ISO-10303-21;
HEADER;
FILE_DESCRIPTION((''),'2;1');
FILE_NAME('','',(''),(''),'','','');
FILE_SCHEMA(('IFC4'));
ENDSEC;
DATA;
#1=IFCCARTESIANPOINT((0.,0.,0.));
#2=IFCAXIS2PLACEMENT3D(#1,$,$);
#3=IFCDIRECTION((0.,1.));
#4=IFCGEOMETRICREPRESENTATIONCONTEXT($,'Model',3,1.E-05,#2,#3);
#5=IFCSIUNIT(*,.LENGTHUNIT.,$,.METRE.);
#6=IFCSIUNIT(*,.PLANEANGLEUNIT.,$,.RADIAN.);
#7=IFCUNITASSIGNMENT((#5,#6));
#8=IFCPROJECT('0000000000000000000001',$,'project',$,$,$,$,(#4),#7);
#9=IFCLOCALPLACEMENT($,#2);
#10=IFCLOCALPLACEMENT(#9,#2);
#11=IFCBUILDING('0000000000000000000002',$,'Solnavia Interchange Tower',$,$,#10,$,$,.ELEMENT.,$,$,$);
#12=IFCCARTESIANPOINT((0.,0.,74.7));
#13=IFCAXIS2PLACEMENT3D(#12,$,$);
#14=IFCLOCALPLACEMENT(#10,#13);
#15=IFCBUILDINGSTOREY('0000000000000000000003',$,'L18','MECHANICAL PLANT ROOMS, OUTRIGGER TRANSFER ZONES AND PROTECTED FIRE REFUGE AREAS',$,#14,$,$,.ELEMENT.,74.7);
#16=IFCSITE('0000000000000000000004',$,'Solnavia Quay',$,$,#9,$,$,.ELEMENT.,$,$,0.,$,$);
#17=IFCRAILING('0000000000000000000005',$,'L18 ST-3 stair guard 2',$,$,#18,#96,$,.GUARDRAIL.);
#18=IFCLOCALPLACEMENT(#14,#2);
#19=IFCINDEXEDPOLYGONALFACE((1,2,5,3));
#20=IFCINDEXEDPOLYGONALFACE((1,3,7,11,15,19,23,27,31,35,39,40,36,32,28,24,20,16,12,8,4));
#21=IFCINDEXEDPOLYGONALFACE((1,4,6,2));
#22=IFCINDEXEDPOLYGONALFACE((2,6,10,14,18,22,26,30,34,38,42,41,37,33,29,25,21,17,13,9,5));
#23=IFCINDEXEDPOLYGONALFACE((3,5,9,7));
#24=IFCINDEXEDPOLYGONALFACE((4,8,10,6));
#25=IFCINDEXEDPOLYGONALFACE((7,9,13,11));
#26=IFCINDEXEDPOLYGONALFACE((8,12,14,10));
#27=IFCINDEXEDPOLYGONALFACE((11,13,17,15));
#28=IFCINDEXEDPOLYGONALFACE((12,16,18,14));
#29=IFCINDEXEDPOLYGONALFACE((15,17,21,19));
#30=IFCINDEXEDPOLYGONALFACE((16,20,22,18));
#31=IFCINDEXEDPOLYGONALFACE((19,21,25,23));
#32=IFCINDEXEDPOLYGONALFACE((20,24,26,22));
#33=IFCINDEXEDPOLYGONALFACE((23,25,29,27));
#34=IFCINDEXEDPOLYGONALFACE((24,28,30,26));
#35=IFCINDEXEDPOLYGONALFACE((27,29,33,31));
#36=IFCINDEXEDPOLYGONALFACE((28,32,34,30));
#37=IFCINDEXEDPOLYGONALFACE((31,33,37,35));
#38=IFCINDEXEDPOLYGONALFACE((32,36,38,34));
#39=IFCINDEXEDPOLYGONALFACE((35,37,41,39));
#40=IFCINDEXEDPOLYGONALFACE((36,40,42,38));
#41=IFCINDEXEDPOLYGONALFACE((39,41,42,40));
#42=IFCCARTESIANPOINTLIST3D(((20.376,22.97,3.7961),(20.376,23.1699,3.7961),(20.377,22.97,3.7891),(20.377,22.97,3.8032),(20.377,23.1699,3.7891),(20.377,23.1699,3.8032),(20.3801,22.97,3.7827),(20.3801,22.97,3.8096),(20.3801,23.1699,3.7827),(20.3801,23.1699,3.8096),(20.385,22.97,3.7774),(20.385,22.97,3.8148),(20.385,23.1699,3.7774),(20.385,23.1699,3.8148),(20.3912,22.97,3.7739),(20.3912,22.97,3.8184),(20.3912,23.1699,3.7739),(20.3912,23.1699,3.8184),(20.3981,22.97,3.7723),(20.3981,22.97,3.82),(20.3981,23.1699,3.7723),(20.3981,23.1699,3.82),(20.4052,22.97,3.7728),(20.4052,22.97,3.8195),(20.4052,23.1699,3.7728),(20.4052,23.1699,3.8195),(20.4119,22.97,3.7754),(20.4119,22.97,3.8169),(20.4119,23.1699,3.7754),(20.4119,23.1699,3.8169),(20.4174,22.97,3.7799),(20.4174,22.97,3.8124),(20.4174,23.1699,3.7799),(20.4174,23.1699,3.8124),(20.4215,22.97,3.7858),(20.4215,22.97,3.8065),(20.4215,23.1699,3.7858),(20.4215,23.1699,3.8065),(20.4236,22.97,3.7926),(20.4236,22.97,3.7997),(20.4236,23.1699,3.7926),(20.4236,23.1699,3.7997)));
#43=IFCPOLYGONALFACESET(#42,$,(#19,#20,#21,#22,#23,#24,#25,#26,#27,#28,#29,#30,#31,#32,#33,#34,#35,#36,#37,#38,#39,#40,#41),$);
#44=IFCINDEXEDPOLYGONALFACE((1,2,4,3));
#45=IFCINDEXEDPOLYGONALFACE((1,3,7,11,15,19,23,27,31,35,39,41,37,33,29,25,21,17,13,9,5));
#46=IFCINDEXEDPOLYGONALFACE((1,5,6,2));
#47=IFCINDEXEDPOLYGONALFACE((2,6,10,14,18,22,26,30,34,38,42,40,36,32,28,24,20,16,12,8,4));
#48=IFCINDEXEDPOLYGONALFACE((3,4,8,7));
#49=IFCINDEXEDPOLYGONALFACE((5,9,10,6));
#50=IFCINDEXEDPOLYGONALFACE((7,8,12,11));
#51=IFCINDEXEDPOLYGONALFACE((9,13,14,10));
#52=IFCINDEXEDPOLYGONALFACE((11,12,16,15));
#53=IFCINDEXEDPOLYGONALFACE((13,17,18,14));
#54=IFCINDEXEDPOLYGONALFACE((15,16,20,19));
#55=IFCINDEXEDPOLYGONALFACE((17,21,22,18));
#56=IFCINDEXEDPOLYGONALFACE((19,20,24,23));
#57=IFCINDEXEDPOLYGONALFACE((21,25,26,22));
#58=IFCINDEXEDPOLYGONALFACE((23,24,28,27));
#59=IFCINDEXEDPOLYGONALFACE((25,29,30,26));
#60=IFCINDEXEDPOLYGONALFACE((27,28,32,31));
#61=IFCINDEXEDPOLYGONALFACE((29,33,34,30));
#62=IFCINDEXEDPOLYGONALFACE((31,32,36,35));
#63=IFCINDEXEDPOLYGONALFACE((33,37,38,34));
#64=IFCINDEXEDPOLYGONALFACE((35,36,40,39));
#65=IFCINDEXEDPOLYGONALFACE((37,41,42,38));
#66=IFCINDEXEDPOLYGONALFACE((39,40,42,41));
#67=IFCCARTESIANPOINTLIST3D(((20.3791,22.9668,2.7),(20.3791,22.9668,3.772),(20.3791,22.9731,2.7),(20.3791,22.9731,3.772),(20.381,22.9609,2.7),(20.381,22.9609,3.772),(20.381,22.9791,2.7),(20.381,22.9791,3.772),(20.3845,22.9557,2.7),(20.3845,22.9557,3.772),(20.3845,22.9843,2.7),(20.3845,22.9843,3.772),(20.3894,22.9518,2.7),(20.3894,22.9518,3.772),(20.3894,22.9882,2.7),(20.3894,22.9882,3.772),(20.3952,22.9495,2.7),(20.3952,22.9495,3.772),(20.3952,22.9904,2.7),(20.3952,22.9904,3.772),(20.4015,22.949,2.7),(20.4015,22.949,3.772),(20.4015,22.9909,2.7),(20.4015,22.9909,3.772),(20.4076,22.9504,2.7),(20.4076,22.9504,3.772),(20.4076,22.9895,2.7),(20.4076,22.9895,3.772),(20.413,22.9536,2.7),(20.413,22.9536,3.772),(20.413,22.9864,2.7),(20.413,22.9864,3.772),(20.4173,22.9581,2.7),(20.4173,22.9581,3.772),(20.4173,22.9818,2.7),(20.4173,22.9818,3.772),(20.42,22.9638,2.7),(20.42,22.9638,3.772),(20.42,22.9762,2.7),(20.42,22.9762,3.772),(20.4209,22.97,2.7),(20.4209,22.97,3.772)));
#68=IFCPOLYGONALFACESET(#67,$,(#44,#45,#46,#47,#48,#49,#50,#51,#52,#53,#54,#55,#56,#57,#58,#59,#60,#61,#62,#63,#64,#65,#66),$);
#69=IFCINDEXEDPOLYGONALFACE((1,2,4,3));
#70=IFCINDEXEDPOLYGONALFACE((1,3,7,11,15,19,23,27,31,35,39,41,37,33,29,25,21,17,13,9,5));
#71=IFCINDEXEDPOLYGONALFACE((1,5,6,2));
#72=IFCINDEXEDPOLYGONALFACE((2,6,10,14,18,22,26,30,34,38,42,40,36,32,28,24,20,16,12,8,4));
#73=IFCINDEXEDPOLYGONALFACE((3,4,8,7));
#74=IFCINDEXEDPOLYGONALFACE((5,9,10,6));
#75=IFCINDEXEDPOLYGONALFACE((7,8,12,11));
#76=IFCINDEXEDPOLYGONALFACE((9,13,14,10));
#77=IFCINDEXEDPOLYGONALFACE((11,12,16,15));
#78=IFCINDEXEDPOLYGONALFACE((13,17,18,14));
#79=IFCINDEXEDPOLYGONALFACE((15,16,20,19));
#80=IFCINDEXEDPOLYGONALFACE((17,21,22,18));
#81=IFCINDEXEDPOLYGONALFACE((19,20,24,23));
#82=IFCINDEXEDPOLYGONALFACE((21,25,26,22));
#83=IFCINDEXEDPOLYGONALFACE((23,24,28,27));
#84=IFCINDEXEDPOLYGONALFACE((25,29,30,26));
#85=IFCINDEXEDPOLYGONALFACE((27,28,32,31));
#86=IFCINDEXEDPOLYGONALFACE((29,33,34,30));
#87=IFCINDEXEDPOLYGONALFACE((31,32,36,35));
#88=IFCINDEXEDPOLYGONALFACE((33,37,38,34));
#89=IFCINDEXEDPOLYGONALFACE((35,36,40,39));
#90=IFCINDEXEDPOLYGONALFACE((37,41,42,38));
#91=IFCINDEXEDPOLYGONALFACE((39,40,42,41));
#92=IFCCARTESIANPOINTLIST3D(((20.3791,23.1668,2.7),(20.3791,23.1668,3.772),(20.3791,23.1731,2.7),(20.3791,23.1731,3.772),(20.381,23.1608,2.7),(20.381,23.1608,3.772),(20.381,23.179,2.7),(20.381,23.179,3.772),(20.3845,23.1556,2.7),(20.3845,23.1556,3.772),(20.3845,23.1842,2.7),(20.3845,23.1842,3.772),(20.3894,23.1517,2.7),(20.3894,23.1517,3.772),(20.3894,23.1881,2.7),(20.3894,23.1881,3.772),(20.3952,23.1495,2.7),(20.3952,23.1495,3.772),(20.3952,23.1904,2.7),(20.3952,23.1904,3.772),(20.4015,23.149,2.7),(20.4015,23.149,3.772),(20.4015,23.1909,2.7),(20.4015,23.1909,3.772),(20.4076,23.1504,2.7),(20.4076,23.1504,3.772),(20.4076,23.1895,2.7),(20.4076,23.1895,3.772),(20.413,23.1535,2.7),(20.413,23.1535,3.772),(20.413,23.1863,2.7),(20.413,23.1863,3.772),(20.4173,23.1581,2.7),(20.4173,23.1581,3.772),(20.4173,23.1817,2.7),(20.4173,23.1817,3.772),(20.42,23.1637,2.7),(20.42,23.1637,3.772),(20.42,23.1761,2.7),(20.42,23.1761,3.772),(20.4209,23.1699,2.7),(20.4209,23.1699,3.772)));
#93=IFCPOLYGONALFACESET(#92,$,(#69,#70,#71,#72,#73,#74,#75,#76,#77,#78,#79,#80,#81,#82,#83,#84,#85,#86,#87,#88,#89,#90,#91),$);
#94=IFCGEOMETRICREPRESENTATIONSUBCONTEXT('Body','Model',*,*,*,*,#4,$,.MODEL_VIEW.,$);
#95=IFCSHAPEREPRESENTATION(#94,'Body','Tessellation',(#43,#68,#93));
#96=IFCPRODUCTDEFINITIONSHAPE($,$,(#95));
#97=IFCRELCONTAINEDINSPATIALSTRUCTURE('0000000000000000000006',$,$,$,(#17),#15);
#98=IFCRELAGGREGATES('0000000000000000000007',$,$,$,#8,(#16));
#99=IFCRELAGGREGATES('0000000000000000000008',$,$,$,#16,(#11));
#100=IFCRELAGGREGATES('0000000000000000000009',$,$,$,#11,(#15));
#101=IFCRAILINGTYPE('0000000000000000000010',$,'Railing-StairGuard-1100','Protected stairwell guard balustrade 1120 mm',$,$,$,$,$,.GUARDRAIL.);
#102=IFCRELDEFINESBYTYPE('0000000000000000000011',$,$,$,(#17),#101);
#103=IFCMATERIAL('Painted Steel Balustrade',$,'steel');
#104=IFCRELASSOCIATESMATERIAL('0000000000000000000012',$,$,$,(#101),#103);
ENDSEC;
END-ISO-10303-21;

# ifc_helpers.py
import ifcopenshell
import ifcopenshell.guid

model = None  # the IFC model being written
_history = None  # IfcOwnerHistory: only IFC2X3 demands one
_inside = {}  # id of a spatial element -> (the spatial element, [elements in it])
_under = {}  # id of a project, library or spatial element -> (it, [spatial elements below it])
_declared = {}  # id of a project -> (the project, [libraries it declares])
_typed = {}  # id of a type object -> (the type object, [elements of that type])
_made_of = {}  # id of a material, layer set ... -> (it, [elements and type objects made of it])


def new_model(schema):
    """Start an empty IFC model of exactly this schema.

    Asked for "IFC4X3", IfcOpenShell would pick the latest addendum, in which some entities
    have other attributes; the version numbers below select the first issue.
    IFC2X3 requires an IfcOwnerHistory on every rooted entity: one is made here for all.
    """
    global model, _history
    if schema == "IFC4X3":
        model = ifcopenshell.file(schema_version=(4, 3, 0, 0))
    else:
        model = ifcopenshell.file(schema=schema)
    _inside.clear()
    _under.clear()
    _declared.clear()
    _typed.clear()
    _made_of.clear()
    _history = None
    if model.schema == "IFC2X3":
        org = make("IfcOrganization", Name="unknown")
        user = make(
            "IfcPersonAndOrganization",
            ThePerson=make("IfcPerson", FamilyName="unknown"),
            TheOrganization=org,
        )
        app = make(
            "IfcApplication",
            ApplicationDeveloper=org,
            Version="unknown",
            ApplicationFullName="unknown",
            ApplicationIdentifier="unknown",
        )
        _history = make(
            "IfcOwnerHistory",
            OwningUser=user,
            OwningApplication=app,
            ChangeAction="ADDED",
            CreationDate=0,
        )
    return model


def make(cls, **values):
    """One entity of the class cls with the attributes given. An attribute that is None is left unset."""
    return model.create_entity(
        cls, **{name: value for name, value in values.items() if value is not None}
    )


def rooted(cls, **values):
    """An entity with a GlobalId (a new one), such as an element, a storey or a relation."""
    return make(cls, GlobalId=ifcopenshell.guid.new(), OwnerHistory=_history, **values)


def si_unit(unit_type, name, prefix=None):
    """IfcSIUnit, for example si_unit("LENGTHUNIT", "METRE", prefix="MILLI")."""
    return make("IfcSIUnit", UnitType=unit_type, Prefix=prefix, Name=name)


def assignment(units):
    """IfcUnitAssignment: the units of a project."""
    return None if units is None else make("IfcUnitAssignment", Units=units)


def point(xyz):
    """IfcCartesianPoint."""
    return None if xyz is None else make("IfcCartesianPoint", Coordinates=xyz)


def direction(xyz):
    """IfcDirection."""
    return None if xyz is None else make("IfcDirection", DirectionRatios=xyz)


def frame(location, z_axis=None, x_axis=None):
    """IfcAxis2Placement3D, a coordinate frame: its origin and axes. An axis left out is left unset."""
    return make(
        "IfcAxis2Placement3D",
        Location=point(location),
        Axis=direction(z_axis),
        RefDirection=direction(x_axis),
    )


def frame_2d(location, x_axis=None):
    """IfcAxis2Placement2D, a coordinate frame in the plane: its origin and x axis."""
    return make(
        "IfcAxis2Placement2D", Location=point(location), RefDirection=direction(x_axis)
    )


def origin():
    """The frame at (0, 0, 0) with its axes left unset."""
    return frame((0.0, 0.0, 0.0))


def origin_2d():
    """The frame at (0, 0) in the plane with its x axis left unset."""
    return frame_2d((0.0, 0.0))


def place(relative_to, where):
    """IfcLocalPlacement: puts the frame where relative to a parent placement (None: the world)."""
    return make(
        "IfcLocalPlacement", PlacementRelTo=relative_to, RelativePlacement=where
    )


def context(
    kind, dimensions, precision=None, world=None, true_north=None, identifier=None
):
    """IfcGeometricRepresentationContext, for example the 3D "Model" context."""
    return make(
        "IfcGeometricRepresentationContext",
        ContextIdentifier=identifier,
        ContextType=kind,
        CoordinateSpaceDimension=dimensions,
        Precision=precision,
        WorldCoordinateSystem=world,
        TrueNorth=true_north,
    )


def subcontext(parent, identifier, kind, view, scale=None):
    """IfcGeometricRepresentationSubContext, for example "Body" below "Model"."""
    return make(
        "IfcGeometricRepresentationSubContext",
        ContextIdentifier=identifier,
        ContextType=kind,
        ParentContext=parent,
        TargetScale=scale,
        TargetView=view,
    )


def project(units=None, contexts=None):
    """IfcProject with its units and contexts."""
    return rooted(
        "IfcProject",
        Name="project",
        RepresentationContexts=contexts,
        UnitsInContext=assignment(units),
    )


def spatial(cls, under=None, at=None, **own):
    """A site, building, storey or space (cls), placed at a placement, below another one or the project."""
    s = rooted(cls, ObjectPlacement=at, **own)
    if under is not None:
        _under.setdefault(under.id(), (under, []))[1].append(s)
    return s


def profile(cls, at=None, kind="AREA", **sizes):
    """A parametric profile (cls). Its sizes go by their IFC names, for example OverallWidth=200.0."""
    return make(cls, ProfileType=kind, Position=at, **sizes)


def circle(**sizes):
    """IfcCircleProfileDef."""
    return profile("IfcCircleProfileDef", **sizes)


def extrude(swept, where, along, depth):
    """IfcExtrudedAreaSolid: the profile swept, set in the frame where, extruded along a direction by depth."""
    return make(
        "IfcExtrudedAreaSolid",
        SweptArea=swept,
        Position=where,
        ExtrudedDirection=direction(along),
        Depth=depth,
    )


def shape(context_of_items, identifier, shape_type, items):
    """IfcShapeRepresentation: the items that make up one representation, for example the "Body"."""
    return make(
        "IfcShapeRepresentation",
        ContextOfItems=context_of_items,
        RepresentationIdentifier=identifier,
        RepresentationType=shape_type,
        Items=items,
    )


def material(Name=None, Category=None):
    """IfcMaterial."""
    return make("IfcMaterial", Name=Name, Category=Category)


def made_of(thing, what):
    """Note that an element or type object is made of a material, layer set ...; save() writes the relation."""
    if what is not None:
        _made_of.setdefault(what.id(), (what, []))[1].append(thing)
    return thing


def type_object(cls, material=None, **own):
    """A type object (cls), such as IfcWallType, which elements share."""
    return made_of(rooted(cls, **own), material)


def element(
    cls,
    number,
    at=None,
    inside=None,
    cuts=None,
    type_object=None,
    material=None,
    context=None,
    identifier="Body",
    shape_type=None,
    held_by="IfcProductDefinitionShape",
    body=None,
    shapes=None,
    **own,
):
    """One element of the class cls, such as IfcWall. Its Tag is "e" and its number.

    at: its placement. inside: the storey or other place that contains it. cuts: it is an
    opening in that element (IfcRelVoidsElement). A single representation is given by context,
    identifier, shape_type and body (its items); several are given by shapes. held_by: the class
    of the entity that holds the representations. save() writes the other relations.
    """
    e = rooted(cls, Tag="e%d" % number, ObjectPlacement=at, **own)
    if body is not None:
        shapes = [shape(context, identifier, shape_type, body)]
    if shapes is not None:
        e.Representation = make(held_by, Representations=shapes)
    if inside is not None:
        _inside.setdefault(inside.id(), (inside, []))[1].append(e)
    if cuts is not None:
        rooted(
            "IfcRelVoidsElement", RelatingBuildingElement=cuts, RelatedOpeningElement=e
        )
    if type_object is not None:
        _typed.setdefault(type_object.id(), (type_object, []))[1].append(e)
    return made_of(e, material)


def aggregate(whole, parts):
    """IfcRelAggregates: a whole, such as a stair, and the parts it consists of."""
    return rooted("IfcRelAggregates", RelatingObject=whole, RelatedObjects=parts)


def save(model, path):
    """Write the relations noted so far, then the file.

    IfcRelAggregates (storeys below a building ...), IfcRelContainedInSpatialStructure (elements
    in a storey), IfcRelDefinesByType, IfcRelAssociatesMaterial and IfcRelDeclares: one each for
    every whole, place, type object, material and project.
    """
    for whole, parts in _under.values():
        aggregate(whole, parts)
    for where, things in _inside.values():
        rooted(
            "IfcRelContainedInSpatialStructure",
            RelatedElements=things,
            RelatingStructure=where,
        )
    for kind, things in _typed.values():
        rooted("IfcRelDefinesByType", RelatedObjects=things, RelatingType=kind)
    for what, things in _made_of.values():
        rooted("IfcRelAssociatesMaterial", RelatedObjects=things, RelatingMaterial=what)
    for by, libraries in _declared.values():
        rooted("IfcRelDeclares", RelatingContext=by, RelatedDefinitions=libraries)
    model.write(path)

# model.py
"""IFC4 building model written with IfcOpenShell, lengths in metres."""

from ifc_helpers import new_model, si_unit, direction, frame, origin, origin_2d, place, context, subcontext, project, spatial, circle, extrude, material, type_object, element, save


model = new_model("IFC4")

# Units and contexts
model_context = context("Model", 3, precision=1e-05, world=origin(), true_north=direction((0.0, 1.0)))
body_context = subcontext(model_context, "Body", "Model", "MODEL_VIEW")
ifc_project = project(units=[si_unit("LENGTHUNIT", "METRE"), si_unit("PLANEANGLEUNIT", "RADIAN")], contexts=[model_context])

# Site, building, storey
site_placement = place(None, origin())
site = spatial("IfcSite", under=ifc_project, at=site_placement, Name="Solnavia Quay", CompositionType="ELEMENT", RefElevation=0.0)
building_placement = place(site_placement, origin())
building = spatial("IfcBuilding", under=site, at=building_placement, Name="Solnavia Interchange Tower", CompositionType="ELEMENT")
storey_placement = place(building_placement, frame((0.0, 0.0, 74.7)))
storey = spatial("IfcBuildingStorey", under=building, at=storey_placement, Name="L18", Description="MECHANICAL PLANT ROOMS, OUTRIGGER TRANSFER ZONES AND PROTECTED FIRE REFUGE AREAS", CompositionType="ELEMENT", Elevation=74.7)

# Railing
ifc_material_1 = material(Name="Painted Steel Balustrade", Category="steel")
railing_type_1 = type_object("IfcRailingType", Name="Railing-StairGuard-1100", Description="Protected stairwell guard balustrade 1120 mm", PredefinedType="GUARDRAIL", material=ifc_material_1)
railing_1_placement = place(storey_placement, frame((20.3999, 22.97, 2.7)))
element("IfcRailing", 1, at=railing_1_placement, inside=storey, type_object=railing_type_1, Name="L18 ST-3 stair guard 2", PredefinedType="GUARDRAIL", context=body_context, shape_type="SweptSolid", body=[
    extrude(circle(Radius=0.0239, at=origin_2d()), frame((0.0, 0.0, 1.0962), z_axis=(0.0, 1.0, 0.0), x_axis=(-1.0, 0.0, 0.0)), (0.0, 0.0, 1.0), 0.2),
    extrude(circle(Radius=0.021, at=origin_2d()), origin(), (0.0, 0.0, 1.0), 1.072),
    extrude(circle(Radius=0.021, at=origin_2d()), frame((0.0, 0.2, 0.0)), (0.0, 0.0, 1.0), 1.072),
])

save(model, "model.ifc")
